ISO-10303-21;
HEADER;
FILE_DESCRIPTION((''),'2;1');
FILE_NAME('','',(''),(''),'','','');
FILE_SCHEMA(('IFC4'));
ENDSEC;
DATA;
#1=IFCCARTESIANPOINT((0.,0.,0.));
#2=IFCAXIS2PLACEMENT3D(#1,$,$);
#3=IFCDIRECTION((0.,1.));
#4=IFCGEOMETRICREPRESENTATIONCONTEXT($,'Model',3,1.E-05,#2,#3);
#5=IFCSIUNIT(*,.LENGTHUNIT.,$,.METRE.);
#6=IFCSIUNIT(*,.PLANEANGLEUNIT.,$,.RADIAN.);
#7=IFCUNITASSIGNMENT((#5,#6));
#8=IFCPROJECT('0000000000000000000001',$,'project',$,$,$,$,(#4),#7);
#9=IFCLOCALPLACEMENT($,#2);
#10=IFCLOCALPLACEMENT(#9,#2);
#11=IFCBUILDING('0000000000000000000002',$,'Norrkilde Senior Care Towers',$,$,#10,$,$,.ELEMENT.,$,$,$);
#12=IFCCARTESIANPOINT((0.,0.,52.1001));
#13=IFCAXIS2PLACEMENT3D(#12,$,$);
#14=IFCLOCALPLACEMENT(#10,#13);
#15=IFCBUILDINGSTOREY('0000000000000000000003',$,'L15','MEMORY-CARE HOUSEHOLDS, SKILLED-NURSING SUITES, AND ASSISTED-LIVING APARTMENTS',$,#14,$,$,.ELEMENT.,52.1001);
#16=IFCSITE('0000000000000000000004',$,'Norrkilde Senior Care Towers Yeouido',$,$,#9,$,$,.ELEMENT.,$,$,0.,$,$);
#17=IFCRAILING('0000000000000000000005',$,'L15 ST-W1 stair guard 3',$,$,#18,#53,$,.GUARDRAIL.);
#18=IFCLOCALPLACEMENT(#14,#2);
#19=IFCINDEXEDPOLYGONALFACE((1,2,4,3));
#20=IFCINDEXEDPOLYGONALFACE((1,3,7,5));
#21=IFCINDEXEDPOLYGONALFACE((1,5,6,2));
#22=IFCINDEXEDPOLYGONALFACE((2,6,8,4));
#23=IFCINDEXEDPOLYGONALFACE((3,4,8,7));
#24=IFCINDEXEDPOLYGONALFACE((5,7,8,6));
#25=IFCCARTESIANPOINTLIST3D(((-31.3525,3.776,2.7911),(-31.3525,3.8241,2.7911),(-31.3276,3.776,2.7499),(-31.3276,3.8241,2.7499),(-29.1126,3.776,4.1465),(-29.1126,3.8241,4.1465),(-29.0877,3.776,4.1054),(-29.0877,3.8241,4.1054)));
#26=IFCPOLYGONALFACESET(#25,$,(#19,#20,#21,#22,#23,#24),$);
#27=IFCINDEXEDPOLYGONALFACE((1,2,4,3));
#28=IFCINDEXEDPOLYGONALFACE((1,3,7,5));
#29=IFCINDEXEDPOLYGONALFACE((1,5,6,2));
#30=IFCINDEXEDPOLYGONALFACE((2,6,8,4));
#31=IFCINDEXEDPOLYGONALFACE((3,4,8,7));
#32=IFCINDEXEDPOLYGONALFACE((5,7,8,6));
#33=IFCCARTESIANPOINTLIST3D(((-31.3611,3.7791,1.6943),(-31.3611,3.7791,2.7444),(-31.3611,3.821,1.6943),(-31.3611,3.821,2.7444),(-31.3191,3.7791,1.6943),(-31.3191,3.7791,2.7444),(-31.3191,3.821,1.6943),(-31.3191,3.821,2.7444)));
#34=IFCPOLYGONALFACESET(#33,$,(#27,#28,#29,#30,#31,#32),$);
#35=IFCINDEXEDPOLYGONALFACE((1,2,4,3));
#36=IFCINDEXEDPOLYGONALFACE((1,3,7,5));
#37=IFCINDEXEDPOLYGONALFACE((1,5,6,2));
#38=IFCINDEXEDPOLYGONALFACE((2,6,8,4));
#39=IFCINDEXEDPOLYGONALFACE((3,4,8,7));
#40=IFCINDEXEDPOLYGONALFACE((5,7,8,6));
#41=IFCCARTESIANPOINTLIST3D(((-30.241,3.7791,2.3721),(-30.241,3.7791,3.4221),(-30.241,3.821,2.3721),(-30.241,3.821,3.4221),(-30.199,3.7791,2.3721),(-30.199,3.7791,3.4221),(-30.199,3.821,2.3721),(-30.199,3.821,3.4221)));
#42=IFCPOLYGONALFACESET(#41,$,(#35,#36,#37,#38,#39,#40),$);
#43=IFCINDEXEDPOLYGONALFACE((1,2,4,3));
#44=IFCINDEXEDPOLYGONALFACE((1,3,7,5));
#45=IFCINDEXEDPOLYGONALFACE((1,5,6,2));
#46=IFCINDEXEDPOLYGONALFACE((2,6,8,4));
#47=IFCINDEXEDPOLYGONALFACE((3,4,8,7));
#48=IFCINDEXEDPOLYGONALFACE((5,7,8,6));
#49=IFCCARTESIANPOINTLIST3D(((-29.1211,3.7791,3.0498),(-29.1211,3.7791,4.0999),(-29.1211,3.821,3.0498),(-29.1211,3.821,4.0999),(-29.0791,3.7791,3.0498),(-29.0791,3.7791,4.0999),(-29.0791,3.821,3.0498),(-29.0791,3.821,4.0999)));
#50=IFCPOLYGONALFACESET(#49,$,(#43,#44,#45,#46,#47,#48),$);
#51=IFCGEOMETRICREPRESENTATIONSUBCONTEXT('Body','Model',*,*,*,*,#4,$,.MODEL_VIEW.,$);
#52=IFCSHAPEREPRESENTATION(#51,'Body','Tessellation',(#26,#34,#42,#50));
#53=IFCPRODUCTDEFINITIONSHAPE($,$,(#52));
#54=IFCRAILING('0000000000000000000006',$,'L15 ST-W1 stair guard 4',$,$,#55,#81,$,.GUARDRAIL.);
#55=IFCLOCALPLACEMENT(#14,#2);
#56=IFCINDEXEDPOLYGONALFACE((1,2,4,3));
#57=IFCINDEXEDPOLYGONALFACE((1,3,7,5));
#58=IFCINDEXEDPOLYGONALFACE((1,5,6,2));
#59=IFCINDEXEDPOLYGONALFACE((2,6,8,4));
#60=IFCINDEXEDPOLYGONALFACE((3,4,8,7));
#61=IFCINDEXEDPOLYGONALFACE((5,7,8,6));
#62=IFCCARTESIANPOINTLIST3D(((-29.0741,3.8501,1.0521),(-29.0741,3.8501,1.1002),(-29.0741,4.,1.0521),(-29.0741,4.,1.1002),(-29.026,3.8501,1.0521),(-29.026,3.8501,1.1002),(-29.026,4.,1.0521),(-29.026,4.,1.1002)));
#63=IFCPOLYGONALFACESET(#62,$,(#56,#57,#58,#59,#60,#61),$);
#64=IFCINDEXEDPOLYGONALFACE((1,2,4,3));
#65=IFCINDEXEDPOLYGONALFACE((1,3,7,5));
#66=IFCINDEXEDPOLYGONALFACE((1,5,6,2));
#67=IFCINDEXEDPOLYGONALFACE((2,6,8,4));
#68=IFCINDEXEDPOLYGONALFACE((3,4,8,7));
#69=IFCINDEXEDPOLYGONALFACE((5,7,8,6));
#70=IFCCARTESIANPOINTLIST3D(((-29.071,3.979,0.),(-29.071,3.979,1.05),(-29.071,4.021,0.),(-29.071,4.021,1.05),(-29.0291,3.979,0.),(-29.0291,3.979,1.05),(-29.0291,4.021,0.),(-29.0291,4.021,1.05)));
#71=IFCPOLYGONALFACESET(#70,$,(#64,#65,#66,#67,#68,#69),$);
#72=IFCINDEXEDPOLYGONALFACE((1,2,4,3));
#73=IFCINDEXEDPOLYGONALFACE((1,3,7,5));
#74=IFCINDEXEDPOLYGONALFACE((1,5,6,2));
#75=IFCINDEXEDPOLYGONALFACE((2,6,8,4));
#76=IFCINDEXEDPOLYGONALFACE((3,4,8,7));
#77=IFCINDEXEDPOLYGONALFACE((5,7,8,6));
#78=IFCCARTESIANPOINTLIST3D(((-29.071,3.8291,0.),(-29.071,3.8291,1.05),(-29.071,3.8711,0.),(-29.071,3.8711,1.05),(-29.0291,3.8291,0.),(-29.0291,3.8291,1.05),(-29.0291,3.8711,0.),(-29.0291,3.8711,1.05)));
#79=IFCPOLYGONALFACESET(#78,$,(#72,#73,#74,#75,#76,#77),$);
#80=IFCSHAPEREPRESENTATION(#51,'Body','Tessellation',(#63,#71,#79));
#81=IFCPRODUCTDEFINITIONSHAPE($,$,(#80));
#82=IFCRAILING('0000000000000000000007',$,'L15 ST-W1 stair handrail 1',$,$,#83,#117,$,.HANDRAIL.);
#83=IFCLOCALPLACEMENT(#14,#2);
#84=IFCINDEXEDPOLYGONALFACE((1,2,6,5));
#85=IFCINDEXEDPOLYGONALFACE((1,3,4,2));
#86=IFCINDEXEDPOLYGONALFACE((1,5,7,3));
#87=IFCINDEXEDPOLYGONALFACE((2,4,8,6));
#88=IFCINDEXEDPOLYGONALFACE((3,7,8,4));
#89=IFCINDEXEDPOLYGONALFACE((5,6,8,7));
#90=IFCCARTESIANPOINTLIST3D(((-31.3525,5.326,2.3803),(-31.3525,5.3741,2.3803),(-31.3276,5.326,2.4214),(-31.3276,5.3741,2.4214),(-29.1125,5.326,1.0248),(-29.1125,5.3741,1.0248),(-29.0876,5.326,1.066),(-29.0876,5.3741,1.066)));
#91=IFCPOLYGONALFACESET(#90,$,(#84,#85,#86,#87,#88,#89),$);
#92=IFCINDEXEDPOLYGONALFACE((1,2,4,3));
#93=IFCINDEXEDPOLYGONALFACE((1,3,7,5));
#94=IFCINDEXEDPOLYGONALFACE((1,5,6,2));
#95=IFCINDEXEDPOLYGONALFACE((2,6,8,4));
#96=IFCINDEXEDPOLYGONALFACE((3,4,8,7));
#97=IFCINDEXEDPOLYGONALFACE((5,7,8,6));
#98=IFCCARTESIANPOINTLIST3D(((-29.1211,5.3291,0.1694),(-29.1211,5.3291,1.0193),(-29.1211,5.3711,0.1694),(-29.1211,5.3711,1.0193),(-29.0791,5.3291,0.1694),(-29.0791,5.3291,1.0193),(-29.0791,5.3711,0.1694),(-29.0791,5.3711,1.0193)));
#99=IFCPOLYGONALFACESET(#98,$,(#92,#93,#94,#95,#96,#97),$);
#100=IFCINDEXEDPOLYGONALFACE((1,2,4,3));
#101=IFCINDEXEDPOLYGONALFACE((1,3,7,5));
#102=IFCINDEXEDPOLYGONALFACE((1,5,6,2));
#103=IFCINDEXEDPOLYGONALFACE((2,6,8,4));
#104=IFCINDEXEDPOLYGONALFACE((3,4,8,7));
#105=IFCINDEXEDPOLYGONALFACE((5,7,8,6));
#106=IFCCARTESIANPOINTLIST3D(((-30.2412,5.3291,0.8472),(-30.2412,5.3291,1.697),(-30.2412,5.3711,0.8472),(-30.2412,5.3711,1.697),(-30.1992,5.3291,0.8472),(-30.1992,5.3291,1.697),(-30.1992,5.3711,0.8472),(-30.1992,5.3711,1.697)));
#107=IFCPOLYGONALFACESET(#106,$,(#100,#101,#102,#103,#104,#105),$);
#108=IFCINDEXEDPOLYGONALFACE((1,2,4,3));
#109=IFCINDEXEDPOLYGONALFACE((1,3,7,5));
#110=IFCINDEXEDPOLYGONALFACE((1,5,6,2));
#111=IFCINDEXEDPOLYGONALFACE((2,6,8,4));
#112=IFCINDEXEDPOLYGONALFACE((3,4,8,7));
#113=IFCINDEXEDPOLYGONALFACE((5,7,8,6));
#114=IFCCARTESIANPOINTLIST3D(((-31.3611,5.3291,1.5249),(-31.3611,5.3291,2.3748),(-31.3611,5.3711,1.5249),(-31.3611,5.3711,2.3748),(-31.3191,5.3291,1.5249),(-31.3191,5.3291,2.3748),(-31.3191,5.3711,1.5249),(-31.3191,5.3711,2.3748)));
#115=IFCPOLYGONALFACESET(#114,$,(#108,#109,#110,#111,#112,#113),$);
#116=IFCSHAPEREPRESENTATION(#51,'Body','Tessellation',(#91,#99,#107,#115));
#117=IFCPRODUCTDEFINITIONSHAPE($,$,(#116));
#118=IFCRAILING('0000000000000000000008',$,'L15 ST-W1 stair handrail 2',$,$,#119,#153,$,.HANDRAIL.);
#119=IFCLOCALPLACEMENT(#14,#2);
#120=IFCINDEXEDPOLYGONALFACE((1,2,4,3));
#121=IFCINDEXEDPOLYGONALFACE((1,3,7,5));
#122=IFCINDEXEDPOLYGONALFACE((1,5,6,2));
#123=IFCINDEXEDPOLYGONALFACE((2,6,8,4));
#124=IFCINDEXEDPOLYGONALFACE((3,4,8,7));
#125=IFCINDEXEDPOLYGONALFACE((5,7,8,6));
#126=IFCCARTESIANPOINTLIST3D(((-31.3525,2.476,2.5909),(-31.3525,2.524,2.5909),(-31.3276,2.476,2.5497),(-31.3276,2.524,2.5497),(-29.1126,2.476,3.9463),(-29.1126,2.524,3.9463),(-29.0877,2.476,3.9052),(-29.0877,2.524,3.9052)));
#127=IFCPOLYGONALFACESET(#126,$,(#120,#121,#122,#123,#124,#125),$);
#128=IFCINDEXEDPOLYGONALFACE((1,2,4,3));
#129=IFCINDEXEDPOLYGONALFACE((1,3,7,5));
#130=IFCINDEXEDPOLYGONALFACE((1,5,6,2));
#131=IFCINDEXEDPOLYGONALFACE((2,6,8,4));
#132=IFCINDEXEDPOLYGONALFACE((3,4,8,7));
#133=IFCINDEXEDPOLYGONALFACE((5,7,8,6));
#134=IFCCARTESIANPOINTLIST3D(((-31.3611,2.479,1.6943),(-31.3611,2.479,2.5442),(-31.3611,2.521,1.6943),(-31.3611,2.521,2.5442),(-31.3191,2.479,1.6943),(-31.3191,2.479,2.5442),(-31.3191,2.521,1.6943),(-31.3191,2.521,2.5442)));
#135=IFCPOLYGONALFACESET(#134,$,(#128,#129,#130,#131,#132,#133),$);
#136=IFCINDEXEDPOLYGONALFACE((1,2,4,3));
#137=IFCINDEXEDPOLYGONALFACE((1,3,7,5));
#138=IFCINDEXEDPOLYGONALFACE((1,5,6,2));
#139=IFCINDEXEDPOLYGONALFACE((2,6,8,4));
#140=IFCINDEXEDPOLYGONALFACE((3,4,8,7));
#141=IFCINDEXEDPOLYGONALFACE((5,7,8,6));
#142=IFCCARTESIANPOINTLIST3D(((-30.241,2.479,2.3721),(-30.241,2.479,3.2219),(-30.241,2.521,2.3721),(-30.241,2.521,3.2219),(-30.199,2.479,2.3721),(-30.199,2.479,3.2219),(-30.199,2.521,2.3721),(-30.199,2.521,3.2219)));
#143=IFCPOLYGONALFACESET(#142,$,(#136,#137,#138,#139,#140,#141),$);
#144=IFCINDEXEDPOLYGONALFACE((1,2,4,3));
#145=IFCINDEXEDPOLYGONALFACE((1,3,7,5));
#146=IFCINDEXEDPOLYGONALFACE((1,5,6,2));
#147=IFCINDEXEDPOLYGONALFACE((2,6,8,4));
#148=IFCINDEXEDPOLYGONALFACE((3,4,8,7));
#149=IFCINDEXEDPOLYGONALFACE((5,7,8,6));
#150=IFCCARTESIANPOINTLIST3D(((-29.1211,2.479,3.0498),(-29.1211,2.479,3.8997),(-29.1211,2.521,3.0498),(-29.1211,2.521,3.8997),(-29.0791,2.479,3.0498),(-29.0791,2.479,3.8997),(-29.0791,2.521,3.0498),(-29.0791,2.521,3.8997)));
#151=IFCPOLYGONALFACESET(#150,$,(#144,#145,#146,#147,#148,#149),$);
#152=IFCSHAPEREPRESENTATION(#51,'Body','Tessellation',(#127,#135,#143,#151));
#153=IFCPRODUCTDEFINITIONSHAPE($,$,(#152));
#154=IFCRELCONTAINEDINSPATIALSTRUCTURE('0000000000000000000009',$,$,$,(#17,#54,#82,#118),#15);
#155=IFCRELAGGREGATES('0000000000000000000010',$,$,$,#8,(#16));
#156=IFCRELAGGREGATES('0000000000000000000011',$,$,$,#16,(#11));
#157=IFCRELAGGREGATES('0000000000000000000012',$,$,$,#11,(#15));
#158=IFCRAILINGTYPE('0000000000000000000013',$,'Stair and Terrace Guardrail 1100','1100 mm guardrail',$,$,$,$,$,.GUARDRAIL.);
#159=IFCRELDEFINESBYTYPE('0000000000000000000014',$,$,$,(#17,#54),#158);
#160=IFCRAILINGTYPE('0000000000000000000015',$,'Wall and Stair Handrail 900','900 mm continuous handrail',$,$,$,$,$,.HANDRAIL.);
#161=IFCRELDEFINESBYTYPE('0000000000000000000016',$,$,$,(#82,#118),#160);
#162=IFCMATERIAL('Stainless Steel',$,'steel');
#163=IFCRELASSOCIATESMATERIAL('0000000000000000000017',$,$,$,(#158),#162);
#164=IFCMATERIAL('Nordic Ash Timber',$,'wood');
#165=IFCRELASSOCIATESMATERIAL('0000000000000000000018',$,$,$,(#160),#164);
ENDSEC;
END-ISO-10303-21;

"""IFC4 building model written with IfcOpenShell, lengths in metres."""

from ifc_helpers import new_model, si_unit, direction, frame, origin, origin_2d, place, context, subcontext, project, spatial, rectangle, extrude, material, type_object, element, save


model = new_model("IFC4")

# Units and contexts
model_context = context("Model", 3, precision=1e-05, world=origin(), true_north=direction((0.0, 1.0)))
body_context = subcontext(model_context, "Body", "Model", "MODEL_VIEW")
ifc_project = project(units=[si_unit("LENGTHUNIT", "METRE"), si_unit("PLANEANGLEUNIT", "RADIAN")], contexts=[model_context])

# Site, building, storey
site_placement = place(None, origin())
site = spatial("IfcSite", under=ifc_project, at=site_placement, Name="Norrkilde Senior Care Towers Yeouido", CompositionType="ELEMENT", RefElevation=0.0)
building_placement = place(site_placement, origin())
building = spatial("IfcBuilding", under=site, at=building_placement, Name="Norrkilde Senior Care Towers", CompositionType="ELEMENT")
storey_placement = place(building_placement, frame((0.0, 0.0, 52.1001)))
storey = spatial("IfcBuildingStorey", under=building, at=storey_placement, Name="L15", Description="MEMORY-CARE HOUSEHOLDS, SKILLED-NURSING SUITES, AND ASSISTED-LIVING APARTMENTS", CompositionType="ELEMENT", Elevation=52.1001)

# Railings
ifc_material_1 = material(Name="Stainless Steel", Category="steel")
railing_type_1 = type_object("IfcRailingType", Name="Stair and Terrace Guardrail 1100", Description="1100 mm guardrail", PredefinedType="GUARDRAIL", material=ifc_material_1)
railing_1_placement = place(storey_placement, frame((-31.3401, 3.8, 1.6943)))
element("IfcRailing", 1, at=railing_1_placement, inside=storey, type_object=railing_type_1, Name="L15 ST-W1 stair guard 3", PredefinedType="GUARDRAIL", context=body_context, shape_type="SweptSolid", body=[
    extrude(rectangle(XDim=0.0481, YDim=0.0481, at=origin_2d()), frame((0.0, 0.0, 1.0762), z_axis=(0.855553, 0.0, 0.517715), x_axis=(0.0, 1.0, 0.0)), (0.0, 0.0, 1.0), 2.6182),
    extrude(rectangle(XDim=0.042, YDim=0.042, at=origin_2d()), origin(), (0.0, 0.0, 1.0), 1.05),
    extrude(rectangle(XDim=0.042, YDim=0.042, at=origin_2d()), frame((1.1201, 0.0, 0.6777)), (0.0, 0.0, 1.0), 1.05),
    extrude(rectangle(XDim=0.042, YDim=0.042, at=origin_2d()), frame((2.24, 0.0, 1.3555)), (0.0, 0.0, 1.0), 1.05),
])
railing_2_placement = place(storey_placement, frame((-29.05, 4.0, 0.0)))
element("IfcRailing", 2, at=railing_2_placement, inside=storey, type_object=railing_type_1, Name="L15 ST-W1 stair guard 4", PredefinedType="GUARDRAIL", context=body_context, shape_type="SweptSolid", body=[
    extrude(rectangle(XDim=0.0481, YDim=0.0481, at=origin_2d()), frame((0.0, 0.0, 1.0762), z_axis=(0.0, -1.0, 0.0), x_axis=(1.0, 0.0, 0.0)), (0.0, 0.0, 1.0), 0.1499),
    extrude(rectangle(XDim=0.042, YDim=0.042, at=origin_2d()), origin(), (0.0, 0.0, 1.0), 1.05),
    extrude(rectangle(XDim=0.042, YDim=0.042, at=origin_2d()), frame((0.0, -0.1499, 0.0)), (0.0, 0.0, 1.0), 1.05),
])
ifc_material_2 = material(Name="Nordic Ash Timber", Category="wood")
railing_type_2 = type_object("IfcRailingType", Name="Wall and Stair Handrail 900", Description="900 mm continuous handrail", PredefinedType="HANDRAIL", material=ifc_material_2)
railing_3_placement = place(storey_placement, frame((-29.1001, 5.3501, 0.1694)))
element("IfcRailing", 3, at=railing_3_placement, inside=storey, type_object=railing_type_2, Name="L15 ST-W1 stair handrail 1", PredefinedType="HANDRAIL", context=body_context, shape_type="SweptSolid", body=[
    extrude(rectangle(XDim=0.0481, YDim=0.0481, at=origin_2d()), frame((0.0, 0.0, 0.876), z_axis=(-0.855553, 0.0, 0.517715), x_axis=(0.0, -1.0, 0.0)), (0.0, 0.0, 1.0), 2.6182),
    extrude(rectangle(XDim=0.042, YDim=0.042, at=origin_2d()), origin(), (0.0, 0.0, 1.0), 0.8499),
    extrude(rectangle(XDim=0.042, YDim=0.042, at=origin_2d()), frame((-1.1201, 0.0, 0.6777)), (0.0, 0.0, 1.0), 0.8499),
    extrude(rectangle(XDim=0.042, YDim=0.042, at=origin_2d()), frame((-2.24, 0.0, 1.3555)), (0.0, 0.0, 1.0), 0.8499),
])
railing_4_placement = place(storey_placement, frame((-31.3401, 2.5, 1.6943)))
element("IfcRailing", 4, at=railing_4_placement, inside=storey, type_object=railing_type_2, Name="L15 ST-W1 stair handrail 2", PredefinedType="HANDRAIL", context=body_context, shape_type="SweptSolid", body=[
    extrude(rectangle(XDim=0.0481, YDim=0.0481, at=origin_2d()), frame((0.0, 0.0, 0.876), z_axis=(0.855553, 0.0, 0.517715), x_axis=(0.0, 1.0, 0.0)), (0.0, 0.0, 1.0), 2.6182),
    extrude(rectangle(XDim=0.042, YDim=0.042, at=origin_2d()), origin(), (0.0, 0.0, 1.0), 0.8499),
    extrude(rectangle(XDim=0.042, YDim=0.042, at=origin_2d()), frame((1.1201, 0.0, 0.6777)), (0.0, 0.0, 1.0), 0.8499),
    extrude(rectangle(XDim=0.042, YDim=0.042, at=origin_2d()), frame((2.24, 0.0, 1.3555)), (0.0, 0.0, 1.0), 0.8499),
])

save(model, "model.ifc")
